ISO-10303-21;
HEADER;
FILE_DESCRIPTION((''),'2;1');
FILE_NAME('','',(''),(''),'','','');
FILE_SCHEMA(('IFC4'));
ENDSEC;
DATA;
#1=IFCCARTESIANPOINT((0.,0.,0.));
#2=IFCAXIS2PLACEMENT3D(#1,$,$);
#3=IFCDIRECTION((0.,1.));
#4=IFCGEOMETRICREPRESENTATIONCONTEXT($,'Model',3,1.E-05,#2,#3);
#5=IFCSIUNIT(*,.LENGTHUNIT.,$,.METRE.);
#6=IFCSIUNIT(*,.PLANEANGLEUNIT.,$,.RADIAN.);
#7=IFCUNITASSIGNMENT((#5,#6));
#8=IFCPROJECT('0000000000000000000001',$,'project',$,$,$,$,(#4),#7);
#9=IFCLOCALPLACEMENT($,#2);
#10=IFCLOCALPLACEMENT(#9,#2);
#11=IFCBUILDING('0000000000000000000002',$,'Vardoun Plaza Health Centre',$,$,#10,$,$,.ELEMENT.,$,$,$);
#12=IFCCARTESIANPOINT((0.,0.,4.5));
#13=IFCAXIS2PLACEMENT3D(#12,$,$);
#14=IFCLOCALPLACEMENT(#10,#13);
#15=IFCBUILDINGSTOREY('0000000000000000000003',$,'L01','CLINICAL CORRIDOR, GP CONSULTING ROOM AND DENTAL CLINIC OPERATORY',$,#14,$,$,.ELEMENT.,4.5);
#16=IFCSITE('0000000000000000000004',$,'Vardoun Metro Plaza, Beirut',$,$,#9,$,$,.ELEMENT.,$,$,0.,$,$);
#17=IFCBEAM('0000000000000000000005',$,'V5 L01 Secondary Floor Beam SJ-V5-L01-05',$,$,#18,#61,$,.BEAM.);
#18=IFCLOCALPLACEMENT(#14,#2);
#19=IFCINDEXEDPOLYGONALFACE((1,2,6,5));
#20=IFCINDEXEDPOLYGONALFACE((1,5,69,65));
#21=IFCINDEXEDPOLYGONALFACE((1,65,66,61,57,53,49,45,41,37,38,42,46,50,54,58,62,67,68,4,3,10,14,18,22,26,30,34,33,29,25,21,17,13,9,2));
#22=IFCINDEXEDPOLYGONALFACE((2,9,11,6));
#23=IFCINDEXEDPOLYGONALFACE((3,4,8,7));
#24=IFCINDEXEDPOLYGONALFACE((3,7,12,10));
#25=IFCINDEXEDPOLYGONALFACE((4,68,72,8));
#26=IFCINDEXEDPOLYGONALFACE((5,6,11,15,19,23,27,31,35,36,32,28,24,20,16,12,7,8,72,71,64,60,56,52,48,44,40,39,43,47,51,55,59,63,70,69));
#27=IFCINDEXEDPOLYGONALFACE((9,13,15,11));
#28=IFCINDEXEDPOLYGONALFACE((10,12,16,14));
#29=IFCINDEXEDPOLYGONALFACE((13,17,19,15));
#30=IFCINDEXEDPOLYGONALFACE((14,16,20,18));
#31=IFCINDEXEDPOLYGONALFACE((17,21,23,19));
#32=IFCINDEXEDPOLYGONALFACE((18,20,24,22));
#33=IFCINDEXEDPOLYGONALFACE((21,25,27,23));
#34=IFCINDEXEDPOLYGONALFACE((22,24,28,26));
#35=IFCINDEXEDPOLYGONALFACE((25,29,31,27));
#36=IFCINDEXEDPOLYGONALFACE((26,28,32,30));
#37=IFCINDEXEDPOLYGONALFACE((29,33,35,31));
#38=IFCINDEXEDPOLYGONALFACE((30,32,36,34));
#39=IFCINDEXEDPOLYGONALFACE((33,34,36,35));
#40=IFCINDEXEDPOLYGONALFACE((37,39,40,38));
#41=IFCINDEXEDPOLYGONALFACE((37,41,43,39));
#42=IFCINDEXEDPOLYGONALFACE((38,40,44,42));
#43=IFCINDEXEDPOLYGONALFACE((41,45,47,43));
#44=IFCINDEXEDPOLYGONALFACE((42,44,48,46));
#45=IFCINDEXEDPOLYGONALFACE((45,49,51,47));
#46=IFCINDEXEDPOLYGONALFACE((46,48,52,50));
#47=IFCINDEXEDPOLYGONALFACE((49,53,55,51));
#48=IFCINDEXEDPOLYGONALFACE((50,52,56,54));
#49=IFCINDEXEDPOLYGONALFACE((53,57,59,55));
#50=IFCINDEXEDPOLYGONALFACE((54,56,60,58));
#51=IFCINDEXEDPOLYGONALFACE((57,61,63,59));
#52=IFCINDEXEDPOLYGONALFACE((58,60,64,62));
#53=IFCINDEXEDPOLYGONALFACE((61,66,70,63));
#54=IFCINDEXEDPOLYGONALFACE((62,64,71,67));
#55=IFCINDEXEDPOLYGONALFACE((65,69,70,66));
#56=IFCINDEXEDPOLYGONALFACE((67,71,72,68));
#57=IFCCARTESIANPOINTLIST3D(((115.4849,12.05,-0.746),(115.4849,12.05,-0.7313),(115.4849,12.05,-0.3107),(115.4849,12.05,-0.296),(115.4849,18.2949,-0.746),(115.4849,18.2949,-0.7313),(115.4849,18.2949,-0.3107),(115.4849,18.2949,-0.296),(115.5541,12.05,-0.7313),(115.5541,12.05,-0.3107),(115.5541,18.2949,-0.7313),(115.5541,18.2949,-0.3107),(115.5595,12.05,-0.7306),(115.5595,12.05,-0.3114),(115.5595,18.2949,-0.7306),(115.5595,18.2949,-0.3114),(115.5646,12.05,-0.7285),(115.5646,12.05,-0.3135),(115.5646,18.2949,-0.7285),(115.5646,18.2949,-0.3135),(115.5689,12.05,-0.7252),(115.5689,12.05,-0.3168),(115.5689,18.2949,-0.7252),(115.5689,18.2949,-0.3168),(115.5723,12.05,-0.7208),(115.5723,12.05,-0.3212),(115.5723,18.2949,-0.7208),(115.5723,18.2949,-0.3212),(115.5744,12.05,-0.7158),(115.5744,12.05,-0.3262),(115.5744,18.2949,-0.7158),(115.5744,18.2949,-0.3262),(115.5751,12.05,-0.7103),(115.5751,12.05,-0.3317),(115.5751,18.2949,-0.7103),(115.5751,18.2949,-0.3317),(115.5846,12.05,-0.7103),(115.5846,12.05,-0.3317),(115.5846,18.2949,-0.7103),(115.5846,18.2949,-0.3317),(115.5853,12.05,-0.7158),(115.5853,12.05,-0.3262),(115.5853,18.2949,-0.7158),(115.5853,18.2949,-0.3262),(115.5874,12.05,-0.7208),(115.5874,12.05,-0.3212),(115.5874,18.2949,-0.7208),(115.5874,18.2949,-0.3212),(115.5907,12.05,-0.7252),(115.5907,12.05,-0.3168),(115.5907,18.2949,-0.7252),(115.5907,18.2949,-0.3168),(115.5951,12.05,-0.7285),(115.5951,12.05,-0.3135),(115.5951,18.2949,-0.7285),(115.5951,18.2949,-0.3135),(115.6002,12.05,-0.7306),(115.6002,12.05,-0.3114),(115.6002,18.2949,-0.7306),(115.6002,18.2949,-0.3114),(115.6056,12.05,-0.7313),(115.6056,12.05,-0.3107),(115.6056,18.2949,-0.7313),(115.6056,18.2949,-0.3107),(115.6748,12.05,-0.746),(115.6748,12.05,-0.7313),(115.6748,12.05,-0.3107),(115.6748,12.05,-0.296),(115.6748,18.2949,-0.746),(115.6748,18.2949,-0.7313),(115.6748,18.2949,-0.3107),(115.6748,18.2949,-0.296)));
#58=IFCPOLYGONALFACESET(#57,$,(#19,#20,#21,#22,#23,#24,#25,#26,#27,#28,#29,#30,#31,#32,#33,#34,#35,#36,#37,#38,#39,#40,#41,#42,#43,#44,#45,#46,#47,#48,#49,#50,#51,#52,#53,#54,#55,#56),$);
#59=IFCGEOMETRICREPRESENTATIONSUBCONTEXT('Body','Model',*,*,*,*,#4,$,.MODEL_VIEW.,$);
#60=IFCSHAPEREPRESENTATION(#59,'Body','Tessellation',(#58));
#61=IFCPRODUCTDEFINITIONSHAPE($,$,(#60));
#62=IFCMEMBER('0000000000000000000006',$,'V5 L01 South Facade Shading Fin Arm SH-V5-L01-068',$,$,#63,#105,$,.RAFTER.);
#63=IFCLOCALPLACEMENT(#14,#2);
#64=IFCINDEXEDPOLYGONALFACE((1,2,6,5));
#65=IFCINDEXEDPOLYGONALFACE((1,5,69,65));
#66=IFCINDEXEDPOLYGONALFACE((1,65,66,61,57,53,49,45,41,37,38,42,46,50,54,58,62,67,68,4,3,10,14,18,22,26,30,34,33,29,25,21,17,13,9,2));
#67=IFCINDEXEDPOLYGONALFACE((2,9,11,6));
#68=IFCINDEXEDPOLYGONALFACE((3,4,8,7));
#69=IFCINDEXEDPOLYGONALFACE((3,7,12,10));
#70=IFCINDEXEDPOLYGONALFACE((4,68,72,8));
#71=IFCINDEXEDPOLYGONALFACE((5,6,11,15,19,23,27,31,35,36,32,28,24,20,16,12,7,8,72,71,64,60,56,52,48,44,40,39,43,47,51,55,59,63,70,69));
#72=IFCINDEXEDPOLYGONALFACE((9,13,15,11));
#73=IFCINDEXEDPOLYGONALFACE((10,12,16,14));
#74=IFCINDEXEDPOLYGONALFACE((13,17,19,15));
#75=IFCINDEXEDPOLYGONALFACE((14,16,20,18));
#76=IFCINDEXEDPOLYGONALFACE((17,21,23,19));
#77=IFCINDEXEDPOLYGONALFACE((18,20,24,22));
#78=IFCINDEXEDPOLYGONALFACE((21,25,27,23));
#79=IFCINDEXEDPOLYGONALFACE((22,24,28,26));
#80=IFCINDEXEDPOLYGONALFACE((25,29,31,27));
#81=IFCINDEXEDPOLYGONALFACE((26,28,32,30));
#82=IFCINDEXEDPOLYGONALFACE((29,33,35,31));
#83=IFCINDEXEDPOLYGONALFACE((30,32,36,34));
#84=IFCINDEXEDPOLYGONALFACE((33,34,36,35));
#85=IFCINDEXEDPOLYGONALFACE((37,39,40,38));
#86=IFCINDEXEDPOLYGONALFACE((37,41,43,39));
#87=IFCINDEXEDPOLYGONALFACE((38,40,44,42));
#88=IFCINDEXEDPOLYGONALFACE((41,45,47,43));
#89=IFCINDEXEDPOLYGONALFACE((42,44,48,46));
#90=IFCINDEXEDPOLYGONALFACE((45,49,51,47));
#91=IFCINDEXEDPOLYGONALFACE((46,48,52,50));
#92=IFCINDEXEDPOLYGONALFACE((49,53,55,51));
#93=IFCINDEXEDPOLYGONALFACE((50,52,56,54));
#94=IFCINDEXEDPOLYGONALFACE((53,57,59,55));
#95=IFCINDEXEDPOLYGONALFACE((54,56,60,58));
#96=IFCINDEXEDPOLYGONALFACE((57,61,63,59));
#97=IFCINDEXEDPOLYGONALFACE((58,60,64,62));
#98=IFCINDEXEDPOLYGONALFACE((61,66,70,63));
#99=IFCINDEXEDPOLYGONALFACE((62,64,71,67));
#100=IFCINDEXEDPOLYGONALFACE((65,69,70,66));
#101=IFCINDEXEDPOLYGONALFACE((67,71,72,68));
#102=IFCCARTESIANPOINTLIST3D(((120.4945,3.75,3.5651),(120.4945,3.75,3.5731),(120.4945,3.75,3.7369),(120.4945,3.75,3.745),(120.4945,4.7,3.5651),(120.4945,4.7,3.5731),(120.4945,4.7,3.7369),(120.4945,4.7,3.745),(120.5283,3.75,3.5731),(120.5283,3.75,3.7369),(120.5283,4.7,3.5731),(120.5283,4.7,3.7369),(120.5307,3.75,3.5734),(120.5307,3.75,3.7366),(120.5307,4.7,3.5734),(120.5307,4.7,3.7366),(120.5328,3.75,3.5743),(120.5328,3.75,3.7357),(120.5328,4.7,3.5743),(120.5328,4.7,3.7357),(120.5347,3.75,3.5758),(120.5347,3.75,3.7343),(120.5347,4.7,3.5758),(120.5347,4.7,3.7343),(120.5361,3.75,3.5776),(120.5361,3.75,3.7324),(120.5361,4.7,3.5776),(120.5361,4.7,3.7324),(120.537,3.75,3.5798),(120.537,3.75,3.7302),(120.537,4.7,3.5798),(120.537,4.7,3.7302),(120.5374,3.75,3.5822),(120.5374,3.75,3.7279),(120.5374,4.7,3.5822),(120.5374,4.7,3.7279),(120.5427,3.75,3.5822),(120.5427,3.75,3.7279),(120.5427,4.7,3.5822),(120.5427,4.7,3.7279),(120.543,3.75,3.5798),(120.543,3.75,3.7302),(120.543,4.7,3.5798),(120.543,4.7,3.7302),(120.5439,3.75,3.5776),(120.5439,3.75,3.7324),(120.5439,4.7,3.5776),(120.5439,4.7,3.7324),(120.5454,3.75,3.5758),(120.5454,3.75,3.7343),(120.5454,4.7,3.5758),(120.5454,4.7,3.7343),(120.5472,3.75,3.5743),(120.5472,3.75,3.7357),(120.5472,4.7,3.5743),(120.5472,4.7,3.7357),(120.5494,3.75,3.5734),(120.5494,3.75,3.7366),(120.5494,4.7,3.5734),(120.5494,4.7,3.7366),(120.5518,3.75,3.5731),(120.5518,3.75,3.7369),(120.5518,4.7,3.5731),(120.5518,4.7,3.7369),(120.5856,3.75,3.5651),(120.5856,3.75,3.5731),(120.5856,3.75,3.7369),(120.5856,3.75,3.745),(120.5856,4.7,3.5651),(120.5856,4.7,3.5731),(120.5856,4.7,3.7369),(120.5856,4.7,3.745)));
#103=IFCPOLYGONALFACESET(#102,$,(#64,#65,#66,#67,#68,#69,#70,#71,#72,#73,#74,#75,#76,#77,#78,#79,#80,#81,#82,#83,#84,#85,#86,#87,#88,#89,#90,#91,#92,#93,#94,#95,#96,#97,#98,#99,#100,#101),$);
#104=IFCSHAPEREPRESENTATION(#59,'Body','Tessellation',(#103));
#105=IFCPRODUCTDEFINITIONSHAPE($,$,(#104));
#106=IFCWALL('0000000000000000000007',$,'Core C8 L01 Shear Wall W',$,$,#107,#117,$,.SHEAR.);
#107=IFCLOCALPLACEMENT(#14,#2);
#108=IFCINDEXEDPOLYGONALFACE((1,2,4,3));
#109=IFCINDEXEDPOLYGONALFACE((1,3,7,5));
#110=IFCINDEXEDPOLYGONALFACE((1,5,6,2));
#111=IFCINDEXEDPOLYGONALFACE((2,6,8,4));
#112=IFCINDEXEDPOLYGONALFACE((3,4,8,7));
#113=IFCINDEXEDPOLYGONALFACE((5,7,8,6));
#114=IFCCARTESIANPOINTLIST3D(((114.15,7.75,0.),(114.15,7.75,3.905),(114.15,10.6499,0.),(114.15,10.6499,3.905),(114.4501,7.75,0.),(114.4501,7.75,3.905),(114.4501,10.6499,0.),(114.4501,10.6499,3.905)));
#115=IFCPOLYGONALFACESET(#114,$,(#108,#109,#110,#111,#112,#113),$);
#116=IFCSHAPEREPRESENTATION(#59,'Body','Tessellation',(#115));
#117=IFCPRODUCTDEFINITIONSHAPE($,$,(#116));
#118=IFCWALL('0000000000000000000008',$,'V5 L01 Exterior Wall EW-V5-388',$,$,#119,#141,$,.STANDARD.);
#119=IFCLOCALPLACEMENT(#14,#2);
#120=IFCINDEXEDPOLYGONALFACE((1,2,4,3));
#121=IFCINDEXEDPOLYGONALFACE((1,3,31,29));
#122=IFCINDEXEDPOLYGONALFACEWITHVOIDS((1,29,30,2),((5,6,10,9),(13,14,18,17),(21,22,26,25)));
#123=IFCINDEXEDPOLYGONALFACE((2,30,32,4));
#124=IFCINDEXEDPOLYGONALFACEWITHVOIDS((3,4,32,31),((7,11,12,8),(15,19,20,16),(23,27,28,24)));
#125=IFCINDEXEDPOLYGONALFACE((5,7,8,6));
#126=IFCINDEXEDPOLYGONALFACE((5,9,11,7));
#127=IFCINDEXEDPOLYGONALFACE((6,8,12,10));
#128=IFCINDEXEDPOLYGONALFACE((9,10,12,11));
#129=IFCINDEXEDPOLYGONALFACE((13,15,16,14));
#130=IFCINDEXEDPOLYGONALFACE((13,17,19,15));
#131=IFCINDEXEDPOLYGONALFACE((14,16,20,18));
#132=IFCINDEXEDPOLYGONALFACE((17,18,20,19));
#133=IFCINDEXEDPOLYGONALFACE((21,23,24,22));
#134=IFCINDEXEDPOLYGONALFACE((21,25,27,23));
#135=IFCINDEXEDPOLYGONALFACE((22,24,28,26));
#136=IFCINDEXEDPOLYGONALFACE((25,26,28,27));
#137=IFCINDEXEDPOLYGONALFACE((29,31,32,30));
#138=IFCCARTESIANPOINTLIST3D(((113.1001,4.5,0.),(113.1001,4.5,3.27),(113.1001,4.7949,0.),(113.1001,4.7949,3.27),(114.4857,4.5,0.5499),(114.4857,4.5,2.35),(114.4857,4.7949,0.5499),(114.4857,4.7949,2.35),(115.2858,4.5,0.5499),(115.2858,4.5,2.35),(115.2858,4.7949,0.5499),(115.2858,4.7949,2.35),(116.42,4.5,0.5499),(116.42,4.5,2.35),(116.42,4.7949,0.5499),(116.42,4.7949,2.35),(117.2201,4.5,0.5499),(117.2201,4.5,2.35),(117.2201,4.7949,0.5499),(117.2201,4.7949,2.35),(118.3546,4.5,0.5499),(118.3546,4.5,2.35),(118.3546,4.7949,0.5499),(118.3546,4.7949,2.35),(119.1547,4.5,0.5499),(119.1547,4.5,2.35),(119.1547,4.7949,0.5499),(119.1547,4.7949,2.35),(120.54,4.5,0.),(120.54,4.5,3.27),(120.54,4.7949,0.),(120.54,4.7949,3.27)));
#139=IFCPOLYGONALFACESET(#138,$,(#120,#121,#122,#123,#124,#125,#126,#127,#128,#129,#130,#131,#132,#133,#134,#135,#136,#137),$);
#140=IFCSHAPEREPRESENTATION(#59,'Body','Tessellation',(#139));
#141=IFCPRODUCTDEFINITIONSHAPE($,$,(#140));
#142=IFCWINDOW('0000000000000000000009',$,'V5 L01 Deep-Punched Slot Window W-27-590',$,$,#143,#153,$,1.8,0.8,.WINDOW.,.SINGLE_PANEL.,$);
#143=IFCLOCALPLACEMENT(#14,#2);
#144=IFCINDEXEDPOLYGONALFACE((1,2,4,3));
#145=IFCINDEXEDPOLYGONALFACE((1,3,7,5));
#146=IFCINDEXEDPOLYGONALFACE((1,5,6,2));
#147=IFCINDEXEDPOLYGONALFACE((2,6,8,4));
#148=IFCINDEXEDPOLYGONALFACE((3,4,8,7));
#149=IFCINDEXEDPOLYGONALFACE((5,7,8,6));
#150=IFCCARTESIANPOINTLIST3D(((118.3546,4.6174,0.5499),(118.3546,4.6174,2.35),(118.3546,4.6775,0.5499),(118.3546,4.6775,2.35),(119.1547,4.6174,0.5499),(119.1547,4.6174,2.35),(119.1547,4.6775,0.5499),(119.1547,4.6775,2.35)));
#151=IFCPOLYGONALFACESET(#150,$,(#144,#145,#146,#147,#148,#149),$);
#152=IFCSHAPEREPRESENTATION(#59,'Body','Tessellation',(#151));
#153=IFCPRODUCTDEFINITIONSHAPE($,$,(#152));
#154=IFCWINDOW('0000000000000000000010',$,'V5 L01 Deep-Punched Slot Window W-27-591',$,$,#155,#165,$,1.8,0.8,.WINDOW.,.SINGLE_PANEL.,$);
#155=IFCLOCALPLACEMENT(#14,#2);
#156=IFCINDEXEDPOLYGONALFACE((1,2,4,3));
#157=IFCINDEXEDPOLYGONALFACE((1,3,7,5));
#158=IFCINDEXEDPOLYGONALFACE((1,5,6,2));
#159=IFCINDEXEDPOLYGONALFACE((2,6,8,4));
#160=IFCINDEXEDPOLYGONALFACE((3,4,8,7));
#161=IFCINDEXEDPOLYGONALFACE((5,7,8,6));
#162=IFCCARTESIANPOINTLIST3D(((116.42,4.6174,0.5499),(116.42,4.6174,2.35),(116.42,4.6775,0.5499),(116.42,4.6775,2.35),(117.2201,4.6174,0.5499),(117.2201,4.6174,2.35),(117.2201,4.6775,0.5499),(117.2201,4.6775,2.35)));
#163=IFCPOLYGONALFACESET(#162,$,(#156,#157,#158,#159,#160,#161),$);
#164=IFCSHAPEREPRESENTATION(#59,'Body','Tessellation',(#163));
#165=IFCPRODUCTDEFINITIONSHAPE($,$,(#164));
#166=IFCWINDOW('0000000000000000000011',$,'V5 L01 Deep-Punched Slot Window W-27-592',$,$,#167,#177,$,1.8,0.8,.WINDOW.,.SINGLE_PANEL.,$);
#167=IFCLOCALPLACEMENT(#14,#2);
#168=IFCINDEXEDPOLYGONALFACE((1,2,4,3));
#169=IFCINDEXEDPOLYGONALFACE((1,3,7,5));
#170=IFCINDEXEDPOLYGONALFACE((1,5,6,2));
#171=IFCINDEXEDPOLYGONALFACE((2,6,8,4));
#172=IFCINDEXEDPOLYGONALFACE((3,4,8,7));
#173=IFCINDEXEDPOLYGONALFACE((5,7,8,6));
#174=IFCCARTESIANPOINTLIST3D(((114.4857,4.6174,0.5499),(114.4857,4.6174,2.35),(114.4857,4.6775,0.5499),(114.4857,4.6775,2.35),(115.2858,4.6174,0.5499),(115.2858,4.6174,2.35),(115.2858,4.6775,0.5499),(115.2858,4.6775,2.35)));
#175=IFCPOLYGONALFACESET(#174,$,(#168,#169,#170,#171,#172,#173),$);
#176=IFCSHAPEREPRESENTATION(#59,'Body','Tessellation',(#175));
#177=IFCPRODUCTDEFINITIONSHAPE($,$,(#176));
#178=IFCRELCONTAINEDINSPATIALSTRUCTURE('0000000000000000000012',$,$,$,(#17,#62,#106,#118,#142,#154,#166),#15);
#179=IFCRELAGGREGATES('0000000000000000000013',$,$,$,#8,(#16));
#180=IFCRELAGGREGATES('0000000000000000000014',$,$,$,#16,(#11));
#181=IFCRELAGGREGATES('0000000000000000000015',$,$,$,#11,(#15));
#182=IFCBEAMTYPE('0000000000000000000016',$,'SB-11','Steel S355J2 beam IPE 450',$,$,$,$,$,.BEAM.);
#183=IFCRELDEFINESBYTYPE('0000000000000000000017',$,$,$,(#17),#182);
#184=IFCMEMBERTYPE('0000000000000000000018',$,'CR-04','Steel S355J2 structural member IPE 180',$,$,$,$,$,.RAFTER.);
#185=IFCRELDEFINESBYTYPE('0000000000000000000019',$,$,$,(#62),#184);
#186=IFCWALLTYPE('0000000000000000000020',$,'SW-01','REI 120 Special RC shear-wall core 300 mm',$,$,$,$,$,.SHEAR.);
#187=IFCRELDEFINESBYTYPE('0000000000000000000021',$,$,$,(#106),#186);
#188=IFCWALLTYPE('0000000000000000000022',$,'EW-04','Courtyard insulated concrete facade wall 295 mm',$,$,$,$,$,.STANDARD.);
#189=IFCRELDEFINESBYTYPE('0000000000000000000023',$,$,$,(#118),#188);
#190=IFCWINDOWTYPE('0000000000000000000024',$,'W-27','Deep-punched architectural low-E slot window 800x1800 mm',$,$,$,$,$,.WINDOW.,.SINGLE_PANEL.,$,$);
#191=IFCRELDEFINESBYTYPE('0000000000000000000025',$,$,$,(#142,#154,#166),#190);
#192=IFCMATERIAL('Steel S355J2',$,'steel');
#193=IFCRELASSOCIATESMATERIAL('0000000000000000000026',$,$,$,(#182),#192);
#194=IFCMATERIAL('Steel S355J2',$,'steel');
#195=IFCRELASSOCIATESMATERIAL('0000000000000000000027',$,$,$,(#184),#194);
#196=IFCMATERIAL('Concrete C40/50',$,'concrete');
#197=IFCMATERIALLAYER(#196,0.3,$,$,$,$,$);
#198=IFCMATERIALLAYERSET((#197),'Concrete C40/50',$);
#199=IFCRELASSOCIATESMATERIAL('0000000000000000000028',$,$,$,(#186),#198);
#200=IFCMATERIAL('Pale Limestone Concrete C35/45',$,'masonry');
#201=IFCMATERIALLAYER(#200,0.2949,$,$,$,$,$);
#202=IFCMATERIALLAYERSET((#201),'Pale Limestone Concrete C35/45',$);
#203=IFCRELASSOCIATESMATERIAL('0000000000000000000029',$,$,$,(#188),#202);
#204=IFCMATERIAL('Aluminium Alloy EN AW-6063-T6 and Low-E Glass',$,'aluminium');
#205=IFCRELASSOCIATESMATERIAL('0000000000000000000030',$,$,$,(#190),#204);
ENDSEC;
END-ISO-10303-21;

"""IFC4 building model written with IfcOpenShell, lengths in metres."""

from ifc_helpers import new_model, si_unit, direction, frame, frame_2d, origin, origin_2d, place, context, subcontext, project, spatial, rectangle, i_section, extrude, material, layer, layer_set, material_profile, profile_set, type_object, element, fill, save


model = new_model("IFC4")

# Units and contexts
model_context = context("Model", 3, precision=1e-05, world=origin(), true_north=direction((0.0, 1.0)))
body_context = subcontext(model_context, "Body", "Model", "MODEL_VIEW")
ifc_project = project(units=[si_unit("LENGTHUNIT", "METRE"), si_unit("PLANEANGLEUNIT", "RADIAN")], contexts=[model_context])

# Site, building, storey
site_placement = place(None, origin())
site = spatial("IfcSite", under=ifc_project, at=site_placement, Name="Vardoun Metro Plaza, Beirut", CompositionType="ELEMENT", RefElevation=0.0)
building_placement = place(site_placement, origin())
building = spatial("IfcBuilding", under=site, at=building_placement, Name="Vardoun Plaza Health Centre", CompositionType="ELEMENT")
storey_placement = place(building_placement, frame((0.0, 0.0, 4.5)))
storey = spatial("IfcBuildingStorey", under=building, at=storey_placement, Name="L01", Description="CLINICAL CORRIDOR, GP CONSULTING ROOM AND DENTAL CLINIC OPERATORY", CompositionType="ELEMENT", Elevation=4.5)

# Beam
ifc_material_1 = material(Name="Steel S355J2", Category="steel")
ifc_material_profile_1 = material_profile(ifc_material_1, i_section(OverallWidth=0.1899, OverallDepth=0.45, WebThickness=0.0095, FlangeThickness=0.0146, FilletRadius=0.021, at=origin_2d()), Name="IPE 450")
ifc_profile_set_1 = profile_set([ifc_material_profile_1], Name="Steel S355J2")
beam_type_1 = type_object("IfcBeamType", Name="SB-11", Description="Steel S355J2 beam IPE 450", PredefinedType="BEAM", material=ifc_profile_set_1)
beam_1_placement = place(storey_placement, frame((115.5798, 12.05, -0.521), z_axis=(0.0, 1.0, 0.0), x_axis=(-1.0, 0.0, 0.0)))
element("IfcBeam", 1, at=beam_1_placement, inside=storey, type_object=beam_type_1, Name="V5 L01 Secondary Floor Beam SJ-V5-L01-05", PredefinedType="BEAM", context=body_context, shape_type="SweptSolid", body=[
    extrude(i_section(OverallWidth=0.1899, OverallDepth=0.45, WebThickness=0.0095, FlangeThickness=0.0146, FilletRadius=0.021, at=origin_2d()), origin(), (0.0, 0.0, 1.0), 6.2449),
])

# Member
ifc_material_2 = material(Name="Steel S355J2", Category="steel")
ifc_material_profile_2 = material_profile(ifc_material_2, i_section(OverallWidth=0.0911, OverallDepth=0.1799, WebThickness=0.0054, FlangeThickness=0.0081, FilletRadius=0.009, at=origin_2d()), Name="IPE 180")
ifc_profile_set_2 = profile_set([ifc_material_profile_2], Name="Steel S355J2")
member_type = type_object("IfcMemberType", Name="CR-04", Description="Steel S355J2 structural member IPE 180", PredefinedType="RAFTER", material=ifc_profile_set_2)
member_placement = place(storey_placement, frame((120.54, 4.7, 3.655), z_axis=(0.0, -1.0, 0.0), x_axis=(1.0, 0.0, 0.0)))
element("IfcMember", 2, at=member_placement, inside=storey, type_object=member_type, Name="V5 L01 South Facade Shading Fin Arm SH-V5-L01-068", PredefinedType="RAFTER", context=body_context, shape_type="SweptSolid", body=[
    extrude(i_section(OverallWidth=0.0911, OverallDepth=0.1799, WebThickness=0.0054, FlangeThickness=0.0081, FilletRadius=0.009, at=origin_2d()), origin(), (0.0, 0.0, 1.0), 0.95),
])

# Wall
ifc_material_3 = material(Name="Concrete C40/50", Category="concrete")
ifc_layer_1 = layer(ifc_material_3, 0.3)
ifc_layer_set_1 = layer_set([ifc_layer_1], Name="Concrete C40/50")
wall_type_1 = type_object("IfcWallType", Name="SW-01", Description="REI 120 Special RC shear-wall core 300 mm", PredefinedType="SHEAR", material=ifc_layer_set_1)
wall_1_placement = place(storey_placement, frame((114.3, 7.75, 0.0), z_axis=(0.0, 0.0, 1.0), x_axis=(0.0, 1.0, 0.0)))
element("IfcWall", 3, at=wall_1_placement, inside=storey, type_object=wall_type_1, Name="Core C8 L01 Shear Wall W", PredefinedType="SHEAR", context=body_context, shape_type="SweptSolid", body=[
    extrude(rectangle(XDim=2.8999, YDim=0.3, at=frame_2d((1.45, 0.0))), origin(), (0.0, 0.0, 1.0), 3.905),
])

# Wall, openings, windows
ifc_material_4 = material(Name="Pale Limestone Concrete C35/45", Category="masonry")
ifc_layer_2 = layer(ifc_material_4, 0.2949)
ifc_layer_set_2 = layer_set([ifc_layer_2], Name="Pale Limestone Concrete C35/45")
wall_type_2 = type_object("IfcWallType", Name="EW-04", Description="Courtyard insulated concrete facade wall 295 mm", PredefinedType="STANDARD", material=ifc_layer_set_2)
wall_2_placement = place(storey_placement, frame((120.54, 4.6475, 0.0), z_axis=(0.0, 0.0, 1.0), x_axis=(-1.0, 0.0, 0.0)))
wall_2 = element("IfcWall", 4, at=wall_2_placement, inside=storey, type_object=wall_type_2, Name="V5 L01 Exterior Wall EW-V5-388", PredefinedType="STANDARD", context=body_context, shape_type="SweptSolid", body=[
    extrude(rectangle(XDim=7.4399, YDim=0.2949, at=frame_2d((3.72, 0.0))), origin(), (0.0, 0.0, 1.0), 3.27),
])
opening_1_placement = place(wall_2_placement, frame((1.3855, 0.0, 0.55)))
opening_1 = element("IfcOpeningElement", 5, at=opening_1_placement, cuts=wall_2, PredefinedType="OPENING", context=body_context, shape_type="SweptSolid", body=[
    extrude(rectangle(XDim=0.8, YDim=1.8, at=frame_2d((0.3999, 0.8999))), frame((0.0, 0.1475, 0.0), z_axis=(0.0, -1.0, 0.0), x_axis=(1.0, 0.0, 0.0)), (0.0, 0.0, 1.0), 0.2949),
])
opening_2_placement = place(wall_2_placement, frame((3.3201, 0.0, 0.55)))
opening_2 = element("IfcOpeningElement", 6, at=opening_2_placement, cuts=wall_2, PredefinedType="OPENING", context=body_context, shape_type="SweptSolid", body=[
    extrude(rectangle(XDim=0.8, YDim=1.8, at=frame_2d((0.3999, 0.8999))), frame((0.0, 0.1475, 0.0), z_axis=(0.0, -1.0, 0.0), x_axis=(1.0, 0.0, 0.0)), (0.0, 0.0, 1.0), 0.2949),
])
opening_3_placement = place(wall_2_placement, frame((5.2544, 0.0, 0.55)))
opening_3 = element("IfcOpeningElement", 7, at=opening_3_placement, cuts=wall_2, PredefinedType="OPENING", context=body_context, shape_type="SweptSolid", body=[
    extrude(rectangle(XDim=0.8, YDim=1.8, at=frame_2d((0.3999, 0.8999))), frame((0.0, 0.1475, 0.0), z_axis=(0.0, -1.0, 0.0), x_axis=(1.0, 0.0, 0.0)), (0.0, 0.0, 1.0), 0.2949),
])
ifc_material_5 = material(Name="Aluminium Alloy EN AW-6063-T6 and Low-E Glass", Category="aluminium")
window_type = type_object("IfcWindowType", Name="W-27", Description="Deep-punched architectural low-E slot window 800x1800 mm", PartitioningType="SINGLE_PANEL", PredefinedType="WINDOW", material=ifc_material_5)
window_1_placement = place(opening_1_placement, origin())
window_1 = element("IfcWindow", 8, at=window_1_placement, inside=storey, type_object=window_type, Name="V5 L01 Deep-Punched Slot Window W-27-590", OverallHeight=1.8, OverallWidth=0.8, PartitioningType="SINGLE_PANEL", PredefinedType="WINDOW", context=body_context, shape_type="SweptSolid", body=[
    extrude(rectangle(XDim=0.8, YDim=1.8, at=frame_2d((0.3999, 0.8999))), frame((0.0, 0.03, 0.0), z_axis=(0.0, -1.0, 0.0), x_axis=(1.0, 0.0, 0.0)), (0.0, 0.0, 1.0), 0.0601),
])
fill(opening_1, window_1)
window_2_placement = place(opening_2_placement, origin())
window_2 = element("IfcWindow", 9, at=window_2_placement, inside=storey, type_object=window_type, Name="V5 L01 Deep-Punched Slot Window W-27-591", OverallHeight=1.8, OverallWidth=0.8, PartitioningType="SINGLE_PANEL", PredefinedType="WINDOW", context=body_context, shape_type="SweptSolid", body=[
    extrude(rectangle(XDim=0.8, YDim=1.8, at=frame_2d((0.3999, 0.8999))), frame((0.0, 0.03, 0.0), z_axis=(0.0, -1.0, 0.0), x_axis=(1.0, 0.0, 0.0)), (0.0, 0.0, 1.0), 0.0601),
])
fill(opening_2, window_2)
window_3_placement = place(opening_3_placement, origin())
window_3 = element("IfcWindow", 10, at=window_3_placement, inside=storey, type_object=window_type, Name="V5 L01 Deep-Punched Slot Window W-27-592", OverallHeight=1.8, OverallWidth=0.8, PartitioningType="SINGLE_PANEL", PredefinedType="WINDOW", context=body_context, shape_type="SweptSolid", body=[
    extrude(rectangle(XDim=0.8, YDim=1.8, at=frame_2d((0.3999, 0.8999))), frame((0.0, 0.03, 0.0), z_axis=(0.0, -1.0, 0.0), x_axis=(1.0, 0.0, 0.0)), (0.0, 0.0, 1.0), 0.0601),
])
fill(opening_3, window_3)

save(model, "model.ifc")
